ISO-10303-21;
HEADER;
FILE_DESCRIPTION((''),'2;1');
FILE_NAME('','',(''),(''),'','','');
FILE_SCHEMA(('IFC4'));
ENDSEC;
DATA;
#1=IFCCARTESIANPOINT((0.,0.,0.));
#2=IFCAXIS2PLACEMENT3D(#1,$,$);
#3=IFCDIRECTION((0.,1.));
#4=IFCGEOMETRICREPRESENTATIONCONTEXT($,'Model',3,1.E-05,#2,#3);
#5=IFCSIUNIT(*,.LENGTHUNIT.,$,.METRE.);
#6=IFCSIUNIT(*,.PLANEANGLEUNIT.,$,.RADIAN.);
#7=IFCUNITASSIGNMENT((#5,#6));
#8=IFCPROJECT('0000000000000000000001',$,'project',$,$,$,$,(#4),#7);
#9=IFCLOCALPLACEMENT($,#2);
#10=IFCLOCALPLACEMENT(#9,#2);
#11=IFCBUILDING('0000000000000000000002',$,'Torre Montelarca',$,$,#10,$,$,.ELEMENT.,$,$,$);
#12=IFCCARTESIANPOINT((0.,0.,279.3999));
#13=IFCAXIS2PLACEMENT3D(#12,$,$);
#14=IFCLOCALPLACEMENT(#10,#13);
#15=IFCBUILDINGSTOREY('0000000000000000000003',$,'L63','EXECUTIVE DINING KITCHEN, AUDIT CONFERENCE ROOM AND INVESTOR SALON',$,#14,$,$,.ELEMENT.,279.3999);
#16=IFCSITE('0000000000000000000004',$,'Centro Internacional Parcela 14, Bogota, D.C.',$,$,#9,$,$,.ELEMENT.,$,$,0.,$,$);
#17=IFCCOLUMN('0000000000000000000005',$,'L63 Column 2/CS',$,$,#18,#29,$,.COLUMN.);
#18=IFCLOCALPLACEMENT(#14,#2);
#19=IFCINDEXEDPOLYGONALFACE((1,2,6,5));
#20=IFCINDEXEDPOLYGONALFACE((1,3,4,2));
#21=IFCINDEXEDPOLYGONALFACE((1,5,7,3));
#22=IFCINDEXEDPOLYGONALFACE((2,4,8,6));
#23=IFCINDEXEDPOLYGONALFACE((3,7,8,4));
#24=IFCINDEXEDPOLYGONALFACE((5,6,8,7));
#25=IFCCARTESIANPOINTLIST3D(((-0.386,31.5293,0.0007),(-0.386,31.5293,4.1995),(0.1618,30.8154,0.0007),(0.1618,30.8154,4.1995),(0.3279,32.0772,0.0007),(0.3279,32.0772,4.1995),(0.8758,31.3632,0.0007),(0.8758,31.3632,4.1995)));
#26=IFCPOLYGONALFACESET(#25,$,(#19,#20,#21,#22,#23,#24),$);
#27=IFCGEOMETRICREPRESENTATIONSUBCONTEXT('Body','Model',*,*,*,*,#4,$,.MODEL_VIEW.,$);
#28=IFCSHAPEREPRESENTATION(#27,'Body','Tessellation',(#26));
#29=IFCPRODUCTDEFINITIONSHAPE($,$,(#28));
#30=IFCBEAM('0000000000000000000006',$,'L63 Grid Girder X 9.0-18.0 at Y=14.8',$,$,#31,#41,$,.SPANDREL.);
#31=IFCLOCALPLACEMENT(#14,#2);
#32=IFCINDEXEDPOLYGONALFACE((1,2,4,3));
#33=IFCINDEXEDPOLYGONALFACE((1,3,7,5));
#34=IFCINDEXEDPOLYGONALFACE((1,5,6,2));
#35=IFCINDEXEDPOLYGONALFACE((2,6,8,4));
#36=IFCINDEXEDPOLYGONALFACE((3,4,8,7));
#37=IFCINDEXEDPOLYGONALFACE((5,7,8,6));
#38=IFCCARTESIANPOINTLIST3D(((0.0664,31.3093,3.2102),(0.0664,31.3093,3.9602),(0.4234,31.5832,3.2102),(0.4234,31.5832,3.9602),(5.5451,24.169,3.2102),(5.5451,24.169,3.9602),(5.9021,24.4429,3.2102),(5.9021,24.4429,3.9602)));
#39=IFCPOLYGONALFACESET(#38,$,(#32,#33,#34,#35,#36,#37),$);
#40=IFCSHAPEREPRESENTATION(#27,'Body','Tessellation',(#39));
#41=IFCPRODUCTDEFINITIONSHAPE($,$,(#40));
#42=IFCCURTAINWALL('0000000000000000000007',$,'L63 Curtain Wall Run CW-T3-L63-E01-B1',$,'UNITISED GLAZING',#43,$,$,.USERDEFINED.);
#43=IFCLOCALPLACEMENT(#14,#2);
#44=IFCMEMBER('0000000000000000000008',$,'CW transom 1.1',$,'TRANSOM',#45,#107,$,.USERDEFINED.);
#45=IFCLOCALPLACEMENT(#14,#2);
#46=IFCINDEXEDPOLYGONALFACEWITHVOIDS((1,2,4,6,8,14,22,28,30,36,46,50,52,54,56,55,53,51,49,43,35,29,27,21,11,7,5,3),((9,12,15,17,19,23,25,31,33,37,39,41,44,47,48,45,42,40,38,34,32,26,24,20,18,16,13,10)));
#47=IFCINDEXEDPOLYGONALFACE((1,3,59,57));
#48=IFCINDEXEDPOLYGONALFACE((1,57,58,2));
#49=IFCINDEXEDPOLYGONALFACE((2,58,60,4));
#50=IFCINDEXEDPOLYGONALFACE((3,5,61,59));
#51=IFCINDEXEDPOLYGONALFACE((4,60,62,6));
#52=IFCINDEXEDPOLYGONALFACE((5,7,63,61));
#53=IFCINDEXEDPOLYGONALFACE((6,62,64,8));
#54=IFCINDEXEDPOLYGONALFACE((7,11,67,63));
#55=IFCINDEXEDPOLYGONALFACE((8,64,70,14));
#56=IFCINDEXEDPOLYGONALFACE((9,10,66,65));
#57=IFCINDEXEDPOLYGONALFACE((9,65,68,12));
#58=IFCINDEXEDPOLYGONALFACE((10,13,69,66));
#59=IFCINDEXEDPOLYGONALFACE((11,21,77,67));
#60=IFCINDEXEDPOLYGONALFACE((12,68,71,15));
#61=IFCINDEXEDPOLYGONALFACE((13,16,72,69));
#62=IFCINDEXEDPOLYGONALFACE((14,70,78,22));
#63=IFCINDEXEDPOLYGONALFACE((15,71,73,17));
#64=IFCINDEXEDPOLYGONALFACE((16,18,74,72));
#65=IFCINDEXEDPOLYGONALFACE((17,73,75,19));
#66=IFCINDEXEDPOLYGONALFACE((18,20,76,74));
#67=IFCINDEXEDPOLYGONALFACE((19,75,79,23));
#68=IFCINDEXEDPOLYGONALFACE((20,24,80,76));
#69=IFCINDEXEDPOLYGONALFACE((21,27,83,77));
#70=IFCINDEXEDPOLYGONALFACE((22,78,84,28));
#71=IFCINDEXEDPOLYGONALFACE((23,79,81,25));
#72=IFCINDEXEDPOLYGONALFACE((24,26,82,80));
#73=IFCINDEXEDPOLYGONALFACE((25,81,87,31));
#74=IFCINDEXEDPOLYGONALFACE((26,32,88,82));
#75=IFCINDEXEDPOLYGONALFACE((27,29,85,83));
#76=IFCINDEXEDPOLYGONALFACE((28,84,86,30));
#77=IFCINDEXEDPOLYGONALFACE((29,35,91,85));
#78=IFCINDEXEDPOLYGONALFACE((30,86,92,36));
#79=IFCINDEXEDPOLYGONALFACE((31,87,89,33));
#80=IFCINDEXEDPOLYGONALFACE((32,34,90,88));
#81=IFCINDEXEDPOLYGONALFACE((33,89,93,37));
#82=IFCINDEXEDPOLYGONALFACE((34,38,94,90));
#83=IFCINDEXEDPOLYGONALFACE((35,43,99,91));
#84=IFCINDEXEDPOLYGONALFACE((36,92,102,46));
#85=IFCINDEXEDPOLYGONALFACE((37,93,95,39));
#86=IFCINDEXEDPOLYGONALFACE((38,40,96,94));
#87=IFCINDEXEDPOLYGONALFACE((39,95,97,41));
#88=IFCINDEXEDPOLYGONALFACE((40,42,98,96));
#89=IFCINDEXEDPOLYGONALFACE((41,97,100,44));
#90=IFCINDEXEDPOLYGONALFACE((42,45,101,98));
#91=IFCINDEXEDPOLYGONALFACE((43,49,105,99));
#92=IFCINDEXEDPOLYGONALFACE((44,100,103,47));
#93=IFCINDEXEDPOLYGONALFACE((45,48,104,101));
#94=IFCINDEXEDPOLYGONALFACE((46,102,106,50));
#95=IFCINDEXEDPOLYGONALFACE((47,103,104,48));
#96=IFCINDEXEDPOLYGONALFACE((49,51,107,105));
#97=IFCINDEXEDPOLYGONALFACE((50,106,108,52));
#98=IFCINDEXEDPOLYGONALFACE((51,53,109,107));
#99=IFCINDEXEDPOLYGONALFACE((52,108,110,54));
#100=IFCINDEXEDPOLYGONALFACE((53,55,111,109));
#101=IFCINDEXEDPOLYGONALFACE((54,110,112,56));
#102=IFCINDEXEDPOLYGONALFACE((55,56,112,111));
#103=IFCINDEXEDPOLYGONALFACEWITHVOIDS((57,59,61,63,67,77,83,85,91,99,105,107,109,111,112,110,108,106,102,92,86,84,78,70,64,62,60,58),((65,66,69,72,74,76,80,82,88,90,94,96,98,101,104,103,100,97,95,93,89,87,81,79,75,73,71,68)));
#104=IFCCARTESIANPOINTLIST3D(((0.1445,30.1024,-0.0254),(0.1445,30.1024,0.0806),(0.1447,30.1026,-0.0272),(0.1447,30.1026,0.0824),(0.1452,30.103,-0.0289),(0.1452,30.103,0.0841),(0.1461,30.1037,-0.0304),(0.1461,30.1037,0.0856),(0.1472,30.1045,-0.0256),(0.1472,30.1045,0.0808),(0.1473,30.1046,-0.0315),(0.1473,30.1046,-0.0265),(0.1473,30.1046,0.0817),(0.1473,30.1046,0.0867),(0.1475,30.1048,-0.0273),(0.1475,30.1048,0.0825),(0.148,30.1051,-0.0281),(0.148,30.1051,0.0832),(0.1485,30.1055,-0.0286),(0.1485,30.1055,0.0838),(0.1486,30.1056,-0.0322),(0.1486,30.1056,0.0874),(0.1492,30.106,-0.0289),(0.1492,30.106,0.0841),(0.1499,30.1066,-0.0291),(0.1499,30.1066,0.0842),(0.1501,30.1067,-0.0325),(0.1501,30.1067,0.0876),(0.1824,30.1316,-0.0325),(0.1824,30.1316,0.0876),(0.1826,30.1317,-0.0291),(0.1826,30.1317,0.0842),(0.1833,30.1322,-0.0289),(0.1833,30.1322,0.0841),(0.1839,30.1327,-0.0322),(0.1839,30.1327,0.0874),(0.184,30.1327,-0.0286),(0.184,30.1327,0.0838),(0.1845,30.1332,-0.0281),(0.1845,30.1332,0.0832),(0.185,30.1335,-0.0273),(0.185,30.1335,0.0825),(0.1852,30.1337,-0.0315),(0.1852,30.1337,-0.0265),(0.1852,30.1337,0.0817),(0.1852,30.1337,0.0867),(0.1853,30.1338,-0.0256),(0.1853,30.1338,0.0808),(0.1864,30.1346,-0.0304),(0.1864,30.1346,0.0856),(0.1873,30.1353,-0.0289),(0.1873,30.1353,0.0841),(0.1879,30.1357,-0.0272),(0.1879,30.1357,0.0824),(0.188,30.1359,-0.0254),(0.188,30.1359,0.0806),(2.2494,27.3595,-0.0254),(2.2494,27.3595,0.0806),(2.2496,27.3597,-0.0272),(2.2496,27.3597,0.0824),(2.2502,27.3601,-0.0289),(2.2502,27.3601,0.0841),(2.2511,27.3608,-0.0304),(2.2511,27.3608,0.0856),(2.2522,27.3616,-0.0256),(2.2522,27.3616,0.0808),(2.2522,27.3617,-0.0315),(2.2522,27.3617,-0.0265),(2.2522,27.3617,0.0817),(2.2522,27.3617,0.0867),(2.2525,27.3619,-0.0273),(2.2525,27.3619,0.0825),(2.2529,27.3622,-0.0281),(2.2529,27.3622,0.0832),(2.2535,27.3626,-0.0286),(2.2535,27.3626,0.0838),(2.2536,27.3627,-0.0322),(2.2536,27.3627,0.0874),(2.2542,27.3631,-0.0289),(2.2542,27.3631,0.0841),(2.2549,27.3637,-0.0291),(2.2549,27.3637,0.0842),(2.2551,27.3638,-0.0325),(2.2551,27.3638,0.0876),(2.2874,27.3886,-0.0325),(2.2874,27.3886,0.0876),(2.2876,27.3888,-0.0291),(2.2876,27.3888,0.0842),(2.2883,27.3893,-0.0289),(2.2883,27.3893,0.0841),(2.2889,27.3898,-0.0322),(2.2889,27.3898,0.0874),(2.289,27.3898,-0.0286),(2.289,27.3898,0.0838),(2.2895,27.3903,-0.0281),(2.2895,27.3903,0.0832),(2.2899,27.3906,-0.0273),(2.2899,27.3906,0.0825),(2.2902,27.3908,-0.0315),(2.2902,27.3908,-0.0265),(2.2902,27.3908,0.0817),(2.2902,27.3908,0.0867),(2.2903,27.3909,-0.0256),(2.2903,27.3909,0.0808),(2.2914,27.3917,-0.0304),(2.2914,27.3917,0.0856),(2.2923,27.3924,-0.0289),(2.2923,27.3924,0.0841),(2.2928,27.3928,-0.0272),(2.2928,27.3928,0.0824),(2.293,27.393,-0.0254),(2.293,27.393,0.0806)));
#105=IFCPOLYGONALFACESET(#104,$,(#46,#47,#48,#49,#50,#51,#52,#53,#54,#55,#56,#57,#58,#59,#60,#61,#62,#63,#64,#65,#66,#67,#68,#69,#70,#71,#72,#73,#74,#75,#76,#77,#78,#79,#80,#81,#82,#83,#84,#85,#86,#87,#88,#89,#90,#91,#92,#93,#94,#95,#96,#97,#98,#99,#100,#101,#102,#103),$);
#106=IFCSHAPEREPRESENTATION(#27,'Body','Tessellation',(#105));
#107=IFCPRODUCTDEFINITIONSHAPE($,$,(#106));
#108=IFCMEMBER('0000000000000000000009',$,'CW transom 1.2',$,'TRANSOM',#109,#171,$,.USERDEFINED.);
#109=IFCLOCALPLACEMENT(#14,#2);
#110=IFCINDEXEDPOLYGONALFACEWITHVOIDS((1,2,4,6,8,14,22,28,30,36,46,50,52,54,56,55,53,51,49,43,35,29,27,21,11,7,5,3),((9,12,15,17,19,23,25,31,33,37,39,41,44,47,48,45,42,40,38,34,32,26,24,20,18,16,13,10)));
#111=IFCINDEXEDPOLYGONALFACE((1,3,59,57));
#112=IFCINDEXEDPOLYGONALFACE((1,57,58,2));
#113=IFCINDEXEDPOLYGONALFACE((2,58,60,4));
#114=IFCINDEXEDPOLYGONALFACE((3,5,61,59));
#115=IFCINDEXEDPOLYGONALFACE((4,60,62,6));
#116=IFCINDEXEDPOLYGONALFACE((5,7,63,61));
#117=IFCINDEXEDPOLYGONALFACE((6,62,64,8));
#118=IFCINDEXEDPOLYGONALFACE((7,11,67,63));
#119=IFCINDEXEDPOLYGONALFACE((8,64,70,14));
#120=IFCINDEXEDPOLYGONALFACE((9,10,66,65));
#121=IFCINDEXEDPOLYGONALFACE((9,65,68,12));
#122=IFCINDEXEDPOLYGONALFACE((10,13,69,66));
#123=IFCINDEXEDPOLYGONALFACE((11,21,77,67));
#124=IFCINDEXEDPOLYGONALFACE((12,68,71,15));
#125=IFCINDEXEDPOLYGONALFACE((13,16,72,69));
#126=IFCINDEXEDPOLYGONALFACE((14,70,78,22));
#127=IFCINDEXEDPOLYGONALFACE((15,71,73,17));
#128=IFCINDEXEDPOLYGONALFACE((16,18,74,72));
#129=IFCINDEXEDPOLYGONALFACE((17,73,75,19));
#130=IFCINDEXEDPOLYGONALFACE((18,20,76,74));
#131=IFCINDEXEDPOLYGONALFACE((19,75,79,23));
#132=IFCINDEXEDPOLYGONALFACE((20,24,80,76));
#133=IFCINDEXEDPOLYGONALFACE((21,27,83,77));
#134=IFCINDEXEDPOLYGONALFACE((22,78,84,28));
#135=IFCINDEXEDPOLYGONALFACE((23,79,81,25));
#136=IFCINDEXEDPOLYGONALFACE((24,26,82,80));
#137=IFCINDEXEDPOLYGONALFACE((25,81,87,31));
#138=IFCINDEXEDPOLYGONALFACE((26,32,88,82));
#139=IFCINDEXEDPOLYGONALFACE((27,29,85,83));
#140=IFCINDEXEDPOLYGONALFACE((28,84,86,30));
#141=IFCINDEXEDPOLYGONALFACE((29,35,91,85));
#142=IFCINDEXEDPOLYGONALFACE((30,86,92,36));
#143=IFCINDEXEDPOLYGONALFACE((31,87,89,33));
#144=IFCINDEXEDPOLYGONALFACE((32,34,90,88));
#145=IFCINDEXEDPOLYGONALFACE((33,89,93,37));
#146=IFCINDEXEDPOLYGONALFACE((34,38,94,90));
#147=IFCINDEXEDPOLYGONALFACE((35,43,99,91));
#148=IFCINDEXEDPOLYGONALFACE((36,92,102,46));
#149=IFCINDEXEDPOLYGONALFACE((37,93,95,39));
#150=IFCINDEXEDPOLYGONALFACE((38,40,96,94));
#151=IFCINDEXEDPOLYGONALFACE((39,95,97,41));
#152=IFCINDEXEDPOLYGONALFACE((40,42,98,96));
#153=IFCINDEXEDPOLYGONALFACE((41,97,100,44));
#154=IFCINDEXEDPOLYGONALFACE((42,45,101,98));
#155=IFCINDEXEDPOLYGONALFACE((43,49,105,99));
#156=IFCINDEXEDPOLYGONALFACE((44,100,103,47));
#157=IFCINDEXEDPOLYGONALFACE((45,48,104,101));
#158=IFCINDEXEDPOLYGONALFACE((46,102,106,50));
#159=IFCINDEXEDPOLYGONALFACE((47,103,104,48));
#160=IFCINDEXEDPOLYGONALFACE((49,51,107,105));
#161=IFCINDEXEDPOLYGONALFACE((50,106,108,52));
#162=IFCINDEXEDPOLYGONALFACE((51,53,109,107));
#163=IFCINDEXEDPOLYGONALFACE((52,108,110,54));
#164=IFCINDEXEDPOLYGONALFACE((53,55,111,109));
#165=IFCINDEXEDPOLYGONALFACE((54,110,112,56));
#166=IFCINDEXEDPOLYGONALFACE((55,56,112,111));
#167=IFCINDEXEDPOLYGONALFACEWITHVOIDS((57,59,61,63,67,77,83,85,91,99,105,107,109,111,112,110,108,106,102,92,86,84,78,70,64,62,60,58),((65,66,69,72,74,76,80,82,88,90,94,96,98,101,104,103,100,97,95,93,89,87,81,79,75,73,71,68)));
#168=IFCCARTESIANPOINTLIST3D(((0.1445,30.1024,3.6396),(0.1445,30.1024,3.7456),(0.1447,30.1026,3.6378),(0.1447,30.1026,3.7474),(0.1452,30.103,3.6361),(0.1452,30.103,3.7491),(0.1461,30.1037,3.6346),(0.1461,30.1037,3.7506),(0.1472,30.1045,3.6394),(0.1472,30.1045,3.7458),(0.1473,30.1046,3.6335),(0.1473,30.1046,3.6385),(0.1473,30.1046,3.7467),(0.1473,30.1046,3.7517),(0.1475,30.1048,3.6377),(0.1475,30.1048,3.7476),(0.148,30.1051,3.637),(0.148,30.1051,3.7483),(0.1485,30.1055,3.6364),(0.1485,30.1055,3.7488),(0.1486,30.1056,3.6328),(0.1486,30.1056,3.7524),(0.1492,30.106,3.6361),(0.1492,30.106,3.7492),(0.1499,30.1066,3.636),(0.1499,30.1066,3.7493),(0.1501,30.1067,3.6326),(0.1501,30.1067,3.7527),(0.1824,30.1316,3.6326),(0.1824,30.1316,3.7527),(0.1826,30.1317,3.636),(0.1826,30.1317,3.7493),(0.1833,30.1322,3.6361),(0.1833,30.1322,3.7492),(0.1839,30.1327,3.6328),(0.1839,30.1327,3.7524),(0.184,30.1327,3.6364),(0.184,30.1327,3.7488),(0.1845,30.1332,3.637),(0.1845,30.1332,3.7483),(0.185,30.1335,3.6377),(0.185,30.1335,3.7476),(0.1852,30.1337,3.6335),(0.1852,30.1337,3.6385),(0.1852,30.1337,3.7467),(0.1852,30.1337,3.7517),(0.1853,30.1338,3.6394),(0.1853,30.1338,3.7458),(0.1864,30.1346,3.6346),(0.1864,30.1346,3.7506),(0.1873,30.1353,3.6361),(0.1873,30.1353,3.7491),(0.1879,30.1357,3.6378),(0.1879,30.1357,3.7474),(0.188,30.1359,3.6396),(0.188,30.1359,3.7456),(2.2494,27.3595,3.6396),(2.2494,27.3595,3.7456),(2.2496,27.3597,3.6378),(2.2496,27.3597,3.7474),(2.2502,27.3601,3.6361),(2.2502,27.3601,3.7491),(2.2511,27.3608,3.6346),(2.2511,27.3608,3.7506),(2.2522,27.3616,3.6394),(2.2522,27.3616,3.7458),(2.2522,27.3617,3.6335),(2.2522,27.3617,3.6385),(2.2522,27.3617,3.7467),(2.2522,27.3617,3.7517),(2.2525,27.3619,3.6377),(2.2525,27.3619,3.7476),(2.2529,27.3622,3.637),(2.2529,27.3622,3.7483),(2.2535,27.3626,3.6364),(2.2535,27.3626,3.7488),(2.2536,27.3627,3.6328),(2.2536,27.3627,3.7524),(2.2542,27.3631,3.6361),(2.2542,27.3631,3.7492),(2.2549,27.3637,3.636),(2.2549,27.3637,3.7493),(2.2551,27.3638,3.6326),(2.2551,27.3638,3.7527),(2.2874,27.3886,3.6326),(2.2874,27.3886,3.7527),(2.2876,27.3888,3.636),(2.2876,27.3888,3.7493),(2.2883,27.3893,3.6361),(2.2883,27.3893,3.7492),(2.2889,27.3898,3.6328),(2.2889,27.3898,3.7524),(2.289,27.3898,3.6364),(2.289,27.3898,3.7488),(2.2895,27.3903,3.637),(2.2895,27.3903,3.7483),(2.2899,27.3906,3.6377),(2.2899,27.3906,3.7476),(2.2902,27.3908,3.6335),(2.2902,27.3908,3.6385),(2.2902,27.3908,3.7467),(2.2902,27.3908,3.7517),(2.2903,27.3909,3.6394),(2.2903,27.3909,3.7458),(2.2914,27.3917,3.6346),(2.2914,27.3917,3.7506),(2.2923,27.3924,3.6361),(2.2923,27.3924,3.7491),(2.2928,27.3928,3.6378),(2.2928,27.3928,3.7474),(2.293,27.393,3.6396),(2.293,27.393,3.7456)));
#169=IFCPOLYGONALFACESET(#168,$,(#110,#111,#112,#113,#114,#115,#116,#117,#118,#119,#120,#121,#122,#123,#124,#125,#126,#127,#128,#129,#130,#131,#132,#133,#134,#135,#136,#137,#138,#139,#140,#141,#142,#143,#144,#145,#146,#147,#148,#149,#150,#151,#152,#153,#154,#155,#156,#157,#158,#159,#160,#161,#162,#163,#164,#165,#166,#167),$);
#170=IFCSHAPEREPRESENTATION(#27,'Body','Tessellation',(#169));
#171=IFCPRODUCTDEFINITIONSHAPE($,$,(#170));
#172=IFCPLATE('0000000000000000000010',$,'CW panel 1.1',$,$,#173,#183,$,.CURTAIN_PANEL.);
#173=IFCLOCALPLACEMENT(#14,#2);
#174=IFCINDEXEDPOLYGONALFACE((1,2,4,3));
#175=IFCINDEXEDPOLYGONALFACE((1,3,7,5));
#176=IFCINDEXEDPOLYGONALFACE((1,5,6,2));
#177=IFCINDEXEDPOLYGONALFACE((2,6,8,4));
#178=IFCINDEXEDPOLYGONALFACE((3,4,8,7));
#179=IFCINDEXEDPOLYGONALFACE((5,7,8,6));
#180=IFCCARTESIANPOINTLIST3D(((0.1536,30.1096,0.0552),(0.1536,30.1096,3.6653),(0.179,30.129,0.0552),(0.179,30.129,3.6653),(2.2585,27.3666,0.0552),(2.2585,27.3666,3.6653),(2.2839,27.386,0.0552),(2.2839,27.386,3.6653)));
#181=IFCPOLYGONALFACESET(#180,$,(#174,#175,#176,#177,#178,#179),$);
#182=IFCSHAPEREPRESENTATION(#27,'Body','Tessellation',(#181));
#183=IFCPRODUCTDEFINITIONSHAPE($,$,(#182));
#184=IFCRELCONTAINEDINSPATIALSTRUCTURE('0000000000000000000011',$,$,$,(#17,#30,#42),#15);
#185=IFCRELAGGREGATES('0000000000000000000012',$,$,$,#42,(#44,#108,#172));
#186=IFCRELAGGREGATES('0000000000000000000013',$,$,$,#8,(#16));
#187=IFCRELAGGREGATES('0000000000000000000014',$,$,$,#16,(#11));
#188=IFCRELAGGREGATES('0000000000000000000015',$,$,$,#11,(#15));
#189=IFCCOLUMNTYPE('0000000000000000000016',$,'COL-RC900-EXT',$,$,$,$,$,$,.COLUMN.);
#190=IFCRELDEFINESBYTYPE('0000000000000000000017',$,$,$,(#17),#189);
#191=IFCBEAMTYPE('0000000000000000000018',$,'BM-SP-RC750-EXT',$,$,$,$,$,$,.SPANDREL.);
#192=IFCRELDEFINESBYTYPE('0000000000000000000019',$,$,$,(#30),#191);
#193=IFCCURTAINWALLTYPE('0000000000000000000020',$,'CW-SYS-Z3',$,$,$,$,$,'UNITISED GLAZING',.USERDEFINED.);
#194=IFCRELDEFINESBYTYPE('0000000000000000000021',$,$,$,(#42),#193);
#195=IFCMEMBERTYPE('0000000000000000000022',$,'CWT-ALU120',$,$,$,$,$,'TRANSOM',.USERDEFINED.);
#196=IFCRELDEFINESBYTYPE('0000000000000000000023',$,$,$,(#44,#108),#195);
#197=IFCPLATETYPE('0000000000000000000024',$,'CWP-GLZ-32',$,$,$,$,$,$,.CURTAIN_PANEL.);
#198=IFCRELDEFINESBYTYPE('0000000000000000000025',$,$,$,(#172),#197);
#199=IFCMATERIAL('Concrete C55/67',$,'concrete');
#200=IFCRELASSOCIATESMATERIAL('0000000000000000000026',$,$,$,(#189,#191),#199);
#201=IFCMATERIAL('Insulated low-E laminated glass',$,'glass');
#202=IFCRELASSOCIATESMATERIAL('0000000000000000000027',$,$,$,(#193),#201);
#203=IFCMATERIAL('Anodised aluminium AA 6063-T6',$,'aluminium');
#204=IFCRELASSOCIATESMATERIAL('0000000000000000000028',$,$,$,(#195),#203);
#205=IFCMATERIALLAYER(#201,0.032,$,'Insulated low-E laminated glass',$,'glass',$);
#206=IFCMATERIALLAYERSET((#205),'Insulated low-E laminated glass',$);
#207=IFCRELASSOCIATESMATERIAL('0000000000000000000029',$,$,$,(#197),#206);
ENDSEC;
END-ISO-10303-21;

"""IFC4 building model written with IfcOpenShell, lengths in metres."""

from ifc_helpers import new_model, si_unit, direction, frame, origin, origin_2d, place, context, subcontext, project, spatial, rectangle, hollow_rectangle, extrude, source, transform, mapped, material, layer, layer_set, material_profile, profile_set, type_object, element, aggregate, save


model = new_model("IFC4")

# Units and contexts
model_context = context("Model", 3, precision=1e-05, world=origin(), true_north=direction((0.0, 1.0)))
body_context = subcontext(model_context, "Body", "Model", "MODEL_VIEW")
ifc_project = project(units=[si_unit("LENGTHUNIT", "METRE"), si_unit("PLANEANGLEUNIT", "RADIAN")], contexts=[model_context])

# Site, building, storey
site_placement = place(None, origin())
site = spatial("IfcSite", under=ifc_project, at=site_placement, Name="Centro Internacional Parcela 14, Bogota, D.C.", CompositionType="ELEMENT", RefElevation=0.0)
building_placement = place(site_placement, origin())
building = spatial("IfcBuilding", under=site, at=building_placement, Name="Torre Montelarca", CompositionType="ELEMENT")
storey_placement = place(building_placement, frame((0.0, 0.0, 279.3999)))
storey = spatial("IfcBuildingStorey", under=building, at=storey_placement, Name="L63", Description="EXECUTIVE DINING KITCHEN, AUDIT CONFERENCE ROOM AND INVESTOR SALON", CompositionType="ELEMENT", Elevation=279.3999)

# Column
ifc_material_1 = material(Name="Concrete C55/67", Category="concrete")
ifc_material_profile_1 = material_profile(ifc_material_1, rectangle(XDim=0.8999, YDim=0.8999, at=origin_2d()), Name="RC900X900", Category="concrete")
ifc_profile_set_1 = profile_set([ifc_material_profile_1], Name="Concrete C55/67")
column_type = type_object("IfcColumnType", Name="COL-RC900-EXT", PredefinedType="COLUMN", material=ifc_profile_set_1)
shared_shape_1 = source(origin(), body_context, "Body", "SweptSolid", [
    extrude(rectangle(XDim=0.8999, YDim=0.8999, at=origin_2d()), origin(), (0.0, 0.0, 1.0), 4.1987),
])
column_placement = place(storey_placement, frame((0.2449, 31.4463, 0.0007), z_axis=(0.0, 0.0, 1.0), x_axis=(-0.608761, 0.793353, 0.0)))
element("IfcColumn", 1, at=column_placement, inside=storey, type_object=column_type, Name="L63 Column 2/CS", PredefinedType="COLUMN", context=body_context, shape_type="MappedRepresentation", body=[
    mapped(shared_shape_1, transform((0.0, 0.0, 0.0), scale=1.0)),
])

# Beam
ifc_material_profile_2 = material_profile(ifc_material_1, rectangle(XDim=0.45, YDim=0.75, at=origin_2d()), Name="RCB450X750", Category="concrete")
ifc_profile_set_2 = profile_set([ifc_material_profile_2], Name="Concrete C55/67")
beam_type = type_object("IfcBeamType", Name="BM-SP-RC750-EXT", PredefinedType="SPANDREL", material=ifc_profile_set_2)
shared_shape_2 = source(origin(), body_context, "Body", "SweptSolid", [
    extrude(rectangle(XDim=0.45, YDim=0.75, at=origin_2d()), origin(), (0.0, 0.0, 1.0), 9.0),
])
beam_placement = place(storey_placement, frame((0.2449, 31.4463, 3.5852), z_axis=(0.608744, -0.793367, 0.0), x_axis=(0.793367, 0.608744, 0.0)))
element("IfcBeam", 2, at=beam_placement, inside=storey, type_object=beam_type, Name="L63 Grid Girder X 9.0-18.0 at Y=14.8", PredefinedType="SPANDREL", context=body_context, shape_type="MappedRepresentation", body=[
    mapped(shared_shape_2, transform((0.0, 0.0, 0.0), scale=1.0)),
])

# Curtain wall, members, plate
ifc_material_2 = material(Name="Insulated low-E laminated glass", Category="glass")
curtain_wall_type = type_object("IfcCurtainWallType", Name="CW-SYS-Z3", ElementType="UNITISED GLAZING", PredefinedType="USERDEFINED", material=ifc_material_2)
curtain_wall_placement = place(storey_placement, origin())
curtain_wall = element("IfcCurtainWall", 3, at=curtain_wall_placement, inside=storey, type_object=curtain_wall_type, Name="L63 Curtain Wall Run CW-T3-L63-E01-B1", ObjectType="UNITISED GLAZING", PredefinedType="USERDEFINED")
ifc_material_3 = material(Name="Anodised aluminium AA 6063-T6", Category="aluminium")
ifc_material_profile_3 = material_profile(ifc_material_3, hollow_rectangle(XDim=0.0549, YDim=0.1201, WallThickness=0.0034, InnerFilletRadius=0.0034, OuterFilletRadius=0.0071, at=origin_2d()), Name="ALU55X120X3.5", Category="aluminium")
ifc_profile_set_3 = profile_set([ifc_material_profile_3], Name="Anodised aluminium AA 6063-T6")
member_type = type_object("IfcMemberType", Name="CWT-ALU120", ElementType="TRANSOM", PredefinedType="USERDEFINED", material=ifc_profile_set_3)
shared_shape_3 = source(origin(), body_context, "Body", "SweptSolid", [
    extrude(hollow_rectangle(XDim=0.0549, YDim=0.1201, WallThickness=0.0034, InnerFilletRadius=0.0034, OuterFilletRadius=0.0071, at=origin_2d()), origin(), (0.0, 0.0, 1.0), 3.4575),
])
member_1_placement = place(storey_placement, frame((0.1663, 30.1191, 0.0276), z_axis=(0.608809, -0.793316, 0.0), x_axis=(0.793316, 0.608809, 0.0)))
member_1 = element("IfcMember", 4, at=member_1_placement, type_object=member_type, Name="CW transom 1.1", ObjectType="TRANSOM", PredefinedType="USERDEFINED", context=body_context, shape_type="MappedRepresentation", body=[
    mapped(shared_shape_3, transform((0.0, 0.0, 0.0), scale=1.0)),
])
member_2_placement = place(storey_placement, frame((0.1663, 30.1191, 3.6926), z_axis=(0.608809, -0.793316, 0.0), x_axis=(0.793316, 0.608809, 0.0)))
member_2 = element("IfcMember", 5, at=member_2_placement, type_object=member_type, Name="CW transom 1.2", ObjectType="TRANSOM", PredefinedType="USERDEFINED", context=body_context, shape_type="MappedRepresentation", body=[
    mapped(shared_shape_3, transform((0.0, 0.0, 0.0), scale=1.0)),
])
ifc_layer_1 = layer(ifc_material_2, 0.032, Name="Insulated low-E laminated glass", Category="glass")
ifc_layer_set_1 = layer_set([ifc_layer_1], Name="Insulated low-E laminated glass")
plate_type = type_object("IfcPlateType", Name="CWP-GLZ-32", PredefinedType="CURTAIN_PANEL", material=ifc_layer_set_1)
shared_shape_4 = source(origin(), body_context, "Body", "SweptSolid", [
    extrude(rectangle(XDim=3.4575, YDim=0.032, at=origin_2d()), origin(), (0.0, 0.0, 1.0), 3.6101),
])
plate_placement = place(storey_placement, frame((1.2188, 28.7478, 0.0552), z_axis=(0.0, 0.0, 1.0), x_axis=(0.608768, -0.793348, 0.0)))
plate = element("IfcPlate", 6, at=plate_placement, type_object=plate_type, Name="CW panel 1.1", PredefinedType="CURTAIN_PANEL", context=body_context, shape_type="MappedRepresentation", body=[
    mapped(shared_shape_4, transform((0.0, 0.0, 0.0), scale=1.0)),
])
aggregate(curtain_wall, [member_1, member_2, plate])

save(model, "model.ifc")
